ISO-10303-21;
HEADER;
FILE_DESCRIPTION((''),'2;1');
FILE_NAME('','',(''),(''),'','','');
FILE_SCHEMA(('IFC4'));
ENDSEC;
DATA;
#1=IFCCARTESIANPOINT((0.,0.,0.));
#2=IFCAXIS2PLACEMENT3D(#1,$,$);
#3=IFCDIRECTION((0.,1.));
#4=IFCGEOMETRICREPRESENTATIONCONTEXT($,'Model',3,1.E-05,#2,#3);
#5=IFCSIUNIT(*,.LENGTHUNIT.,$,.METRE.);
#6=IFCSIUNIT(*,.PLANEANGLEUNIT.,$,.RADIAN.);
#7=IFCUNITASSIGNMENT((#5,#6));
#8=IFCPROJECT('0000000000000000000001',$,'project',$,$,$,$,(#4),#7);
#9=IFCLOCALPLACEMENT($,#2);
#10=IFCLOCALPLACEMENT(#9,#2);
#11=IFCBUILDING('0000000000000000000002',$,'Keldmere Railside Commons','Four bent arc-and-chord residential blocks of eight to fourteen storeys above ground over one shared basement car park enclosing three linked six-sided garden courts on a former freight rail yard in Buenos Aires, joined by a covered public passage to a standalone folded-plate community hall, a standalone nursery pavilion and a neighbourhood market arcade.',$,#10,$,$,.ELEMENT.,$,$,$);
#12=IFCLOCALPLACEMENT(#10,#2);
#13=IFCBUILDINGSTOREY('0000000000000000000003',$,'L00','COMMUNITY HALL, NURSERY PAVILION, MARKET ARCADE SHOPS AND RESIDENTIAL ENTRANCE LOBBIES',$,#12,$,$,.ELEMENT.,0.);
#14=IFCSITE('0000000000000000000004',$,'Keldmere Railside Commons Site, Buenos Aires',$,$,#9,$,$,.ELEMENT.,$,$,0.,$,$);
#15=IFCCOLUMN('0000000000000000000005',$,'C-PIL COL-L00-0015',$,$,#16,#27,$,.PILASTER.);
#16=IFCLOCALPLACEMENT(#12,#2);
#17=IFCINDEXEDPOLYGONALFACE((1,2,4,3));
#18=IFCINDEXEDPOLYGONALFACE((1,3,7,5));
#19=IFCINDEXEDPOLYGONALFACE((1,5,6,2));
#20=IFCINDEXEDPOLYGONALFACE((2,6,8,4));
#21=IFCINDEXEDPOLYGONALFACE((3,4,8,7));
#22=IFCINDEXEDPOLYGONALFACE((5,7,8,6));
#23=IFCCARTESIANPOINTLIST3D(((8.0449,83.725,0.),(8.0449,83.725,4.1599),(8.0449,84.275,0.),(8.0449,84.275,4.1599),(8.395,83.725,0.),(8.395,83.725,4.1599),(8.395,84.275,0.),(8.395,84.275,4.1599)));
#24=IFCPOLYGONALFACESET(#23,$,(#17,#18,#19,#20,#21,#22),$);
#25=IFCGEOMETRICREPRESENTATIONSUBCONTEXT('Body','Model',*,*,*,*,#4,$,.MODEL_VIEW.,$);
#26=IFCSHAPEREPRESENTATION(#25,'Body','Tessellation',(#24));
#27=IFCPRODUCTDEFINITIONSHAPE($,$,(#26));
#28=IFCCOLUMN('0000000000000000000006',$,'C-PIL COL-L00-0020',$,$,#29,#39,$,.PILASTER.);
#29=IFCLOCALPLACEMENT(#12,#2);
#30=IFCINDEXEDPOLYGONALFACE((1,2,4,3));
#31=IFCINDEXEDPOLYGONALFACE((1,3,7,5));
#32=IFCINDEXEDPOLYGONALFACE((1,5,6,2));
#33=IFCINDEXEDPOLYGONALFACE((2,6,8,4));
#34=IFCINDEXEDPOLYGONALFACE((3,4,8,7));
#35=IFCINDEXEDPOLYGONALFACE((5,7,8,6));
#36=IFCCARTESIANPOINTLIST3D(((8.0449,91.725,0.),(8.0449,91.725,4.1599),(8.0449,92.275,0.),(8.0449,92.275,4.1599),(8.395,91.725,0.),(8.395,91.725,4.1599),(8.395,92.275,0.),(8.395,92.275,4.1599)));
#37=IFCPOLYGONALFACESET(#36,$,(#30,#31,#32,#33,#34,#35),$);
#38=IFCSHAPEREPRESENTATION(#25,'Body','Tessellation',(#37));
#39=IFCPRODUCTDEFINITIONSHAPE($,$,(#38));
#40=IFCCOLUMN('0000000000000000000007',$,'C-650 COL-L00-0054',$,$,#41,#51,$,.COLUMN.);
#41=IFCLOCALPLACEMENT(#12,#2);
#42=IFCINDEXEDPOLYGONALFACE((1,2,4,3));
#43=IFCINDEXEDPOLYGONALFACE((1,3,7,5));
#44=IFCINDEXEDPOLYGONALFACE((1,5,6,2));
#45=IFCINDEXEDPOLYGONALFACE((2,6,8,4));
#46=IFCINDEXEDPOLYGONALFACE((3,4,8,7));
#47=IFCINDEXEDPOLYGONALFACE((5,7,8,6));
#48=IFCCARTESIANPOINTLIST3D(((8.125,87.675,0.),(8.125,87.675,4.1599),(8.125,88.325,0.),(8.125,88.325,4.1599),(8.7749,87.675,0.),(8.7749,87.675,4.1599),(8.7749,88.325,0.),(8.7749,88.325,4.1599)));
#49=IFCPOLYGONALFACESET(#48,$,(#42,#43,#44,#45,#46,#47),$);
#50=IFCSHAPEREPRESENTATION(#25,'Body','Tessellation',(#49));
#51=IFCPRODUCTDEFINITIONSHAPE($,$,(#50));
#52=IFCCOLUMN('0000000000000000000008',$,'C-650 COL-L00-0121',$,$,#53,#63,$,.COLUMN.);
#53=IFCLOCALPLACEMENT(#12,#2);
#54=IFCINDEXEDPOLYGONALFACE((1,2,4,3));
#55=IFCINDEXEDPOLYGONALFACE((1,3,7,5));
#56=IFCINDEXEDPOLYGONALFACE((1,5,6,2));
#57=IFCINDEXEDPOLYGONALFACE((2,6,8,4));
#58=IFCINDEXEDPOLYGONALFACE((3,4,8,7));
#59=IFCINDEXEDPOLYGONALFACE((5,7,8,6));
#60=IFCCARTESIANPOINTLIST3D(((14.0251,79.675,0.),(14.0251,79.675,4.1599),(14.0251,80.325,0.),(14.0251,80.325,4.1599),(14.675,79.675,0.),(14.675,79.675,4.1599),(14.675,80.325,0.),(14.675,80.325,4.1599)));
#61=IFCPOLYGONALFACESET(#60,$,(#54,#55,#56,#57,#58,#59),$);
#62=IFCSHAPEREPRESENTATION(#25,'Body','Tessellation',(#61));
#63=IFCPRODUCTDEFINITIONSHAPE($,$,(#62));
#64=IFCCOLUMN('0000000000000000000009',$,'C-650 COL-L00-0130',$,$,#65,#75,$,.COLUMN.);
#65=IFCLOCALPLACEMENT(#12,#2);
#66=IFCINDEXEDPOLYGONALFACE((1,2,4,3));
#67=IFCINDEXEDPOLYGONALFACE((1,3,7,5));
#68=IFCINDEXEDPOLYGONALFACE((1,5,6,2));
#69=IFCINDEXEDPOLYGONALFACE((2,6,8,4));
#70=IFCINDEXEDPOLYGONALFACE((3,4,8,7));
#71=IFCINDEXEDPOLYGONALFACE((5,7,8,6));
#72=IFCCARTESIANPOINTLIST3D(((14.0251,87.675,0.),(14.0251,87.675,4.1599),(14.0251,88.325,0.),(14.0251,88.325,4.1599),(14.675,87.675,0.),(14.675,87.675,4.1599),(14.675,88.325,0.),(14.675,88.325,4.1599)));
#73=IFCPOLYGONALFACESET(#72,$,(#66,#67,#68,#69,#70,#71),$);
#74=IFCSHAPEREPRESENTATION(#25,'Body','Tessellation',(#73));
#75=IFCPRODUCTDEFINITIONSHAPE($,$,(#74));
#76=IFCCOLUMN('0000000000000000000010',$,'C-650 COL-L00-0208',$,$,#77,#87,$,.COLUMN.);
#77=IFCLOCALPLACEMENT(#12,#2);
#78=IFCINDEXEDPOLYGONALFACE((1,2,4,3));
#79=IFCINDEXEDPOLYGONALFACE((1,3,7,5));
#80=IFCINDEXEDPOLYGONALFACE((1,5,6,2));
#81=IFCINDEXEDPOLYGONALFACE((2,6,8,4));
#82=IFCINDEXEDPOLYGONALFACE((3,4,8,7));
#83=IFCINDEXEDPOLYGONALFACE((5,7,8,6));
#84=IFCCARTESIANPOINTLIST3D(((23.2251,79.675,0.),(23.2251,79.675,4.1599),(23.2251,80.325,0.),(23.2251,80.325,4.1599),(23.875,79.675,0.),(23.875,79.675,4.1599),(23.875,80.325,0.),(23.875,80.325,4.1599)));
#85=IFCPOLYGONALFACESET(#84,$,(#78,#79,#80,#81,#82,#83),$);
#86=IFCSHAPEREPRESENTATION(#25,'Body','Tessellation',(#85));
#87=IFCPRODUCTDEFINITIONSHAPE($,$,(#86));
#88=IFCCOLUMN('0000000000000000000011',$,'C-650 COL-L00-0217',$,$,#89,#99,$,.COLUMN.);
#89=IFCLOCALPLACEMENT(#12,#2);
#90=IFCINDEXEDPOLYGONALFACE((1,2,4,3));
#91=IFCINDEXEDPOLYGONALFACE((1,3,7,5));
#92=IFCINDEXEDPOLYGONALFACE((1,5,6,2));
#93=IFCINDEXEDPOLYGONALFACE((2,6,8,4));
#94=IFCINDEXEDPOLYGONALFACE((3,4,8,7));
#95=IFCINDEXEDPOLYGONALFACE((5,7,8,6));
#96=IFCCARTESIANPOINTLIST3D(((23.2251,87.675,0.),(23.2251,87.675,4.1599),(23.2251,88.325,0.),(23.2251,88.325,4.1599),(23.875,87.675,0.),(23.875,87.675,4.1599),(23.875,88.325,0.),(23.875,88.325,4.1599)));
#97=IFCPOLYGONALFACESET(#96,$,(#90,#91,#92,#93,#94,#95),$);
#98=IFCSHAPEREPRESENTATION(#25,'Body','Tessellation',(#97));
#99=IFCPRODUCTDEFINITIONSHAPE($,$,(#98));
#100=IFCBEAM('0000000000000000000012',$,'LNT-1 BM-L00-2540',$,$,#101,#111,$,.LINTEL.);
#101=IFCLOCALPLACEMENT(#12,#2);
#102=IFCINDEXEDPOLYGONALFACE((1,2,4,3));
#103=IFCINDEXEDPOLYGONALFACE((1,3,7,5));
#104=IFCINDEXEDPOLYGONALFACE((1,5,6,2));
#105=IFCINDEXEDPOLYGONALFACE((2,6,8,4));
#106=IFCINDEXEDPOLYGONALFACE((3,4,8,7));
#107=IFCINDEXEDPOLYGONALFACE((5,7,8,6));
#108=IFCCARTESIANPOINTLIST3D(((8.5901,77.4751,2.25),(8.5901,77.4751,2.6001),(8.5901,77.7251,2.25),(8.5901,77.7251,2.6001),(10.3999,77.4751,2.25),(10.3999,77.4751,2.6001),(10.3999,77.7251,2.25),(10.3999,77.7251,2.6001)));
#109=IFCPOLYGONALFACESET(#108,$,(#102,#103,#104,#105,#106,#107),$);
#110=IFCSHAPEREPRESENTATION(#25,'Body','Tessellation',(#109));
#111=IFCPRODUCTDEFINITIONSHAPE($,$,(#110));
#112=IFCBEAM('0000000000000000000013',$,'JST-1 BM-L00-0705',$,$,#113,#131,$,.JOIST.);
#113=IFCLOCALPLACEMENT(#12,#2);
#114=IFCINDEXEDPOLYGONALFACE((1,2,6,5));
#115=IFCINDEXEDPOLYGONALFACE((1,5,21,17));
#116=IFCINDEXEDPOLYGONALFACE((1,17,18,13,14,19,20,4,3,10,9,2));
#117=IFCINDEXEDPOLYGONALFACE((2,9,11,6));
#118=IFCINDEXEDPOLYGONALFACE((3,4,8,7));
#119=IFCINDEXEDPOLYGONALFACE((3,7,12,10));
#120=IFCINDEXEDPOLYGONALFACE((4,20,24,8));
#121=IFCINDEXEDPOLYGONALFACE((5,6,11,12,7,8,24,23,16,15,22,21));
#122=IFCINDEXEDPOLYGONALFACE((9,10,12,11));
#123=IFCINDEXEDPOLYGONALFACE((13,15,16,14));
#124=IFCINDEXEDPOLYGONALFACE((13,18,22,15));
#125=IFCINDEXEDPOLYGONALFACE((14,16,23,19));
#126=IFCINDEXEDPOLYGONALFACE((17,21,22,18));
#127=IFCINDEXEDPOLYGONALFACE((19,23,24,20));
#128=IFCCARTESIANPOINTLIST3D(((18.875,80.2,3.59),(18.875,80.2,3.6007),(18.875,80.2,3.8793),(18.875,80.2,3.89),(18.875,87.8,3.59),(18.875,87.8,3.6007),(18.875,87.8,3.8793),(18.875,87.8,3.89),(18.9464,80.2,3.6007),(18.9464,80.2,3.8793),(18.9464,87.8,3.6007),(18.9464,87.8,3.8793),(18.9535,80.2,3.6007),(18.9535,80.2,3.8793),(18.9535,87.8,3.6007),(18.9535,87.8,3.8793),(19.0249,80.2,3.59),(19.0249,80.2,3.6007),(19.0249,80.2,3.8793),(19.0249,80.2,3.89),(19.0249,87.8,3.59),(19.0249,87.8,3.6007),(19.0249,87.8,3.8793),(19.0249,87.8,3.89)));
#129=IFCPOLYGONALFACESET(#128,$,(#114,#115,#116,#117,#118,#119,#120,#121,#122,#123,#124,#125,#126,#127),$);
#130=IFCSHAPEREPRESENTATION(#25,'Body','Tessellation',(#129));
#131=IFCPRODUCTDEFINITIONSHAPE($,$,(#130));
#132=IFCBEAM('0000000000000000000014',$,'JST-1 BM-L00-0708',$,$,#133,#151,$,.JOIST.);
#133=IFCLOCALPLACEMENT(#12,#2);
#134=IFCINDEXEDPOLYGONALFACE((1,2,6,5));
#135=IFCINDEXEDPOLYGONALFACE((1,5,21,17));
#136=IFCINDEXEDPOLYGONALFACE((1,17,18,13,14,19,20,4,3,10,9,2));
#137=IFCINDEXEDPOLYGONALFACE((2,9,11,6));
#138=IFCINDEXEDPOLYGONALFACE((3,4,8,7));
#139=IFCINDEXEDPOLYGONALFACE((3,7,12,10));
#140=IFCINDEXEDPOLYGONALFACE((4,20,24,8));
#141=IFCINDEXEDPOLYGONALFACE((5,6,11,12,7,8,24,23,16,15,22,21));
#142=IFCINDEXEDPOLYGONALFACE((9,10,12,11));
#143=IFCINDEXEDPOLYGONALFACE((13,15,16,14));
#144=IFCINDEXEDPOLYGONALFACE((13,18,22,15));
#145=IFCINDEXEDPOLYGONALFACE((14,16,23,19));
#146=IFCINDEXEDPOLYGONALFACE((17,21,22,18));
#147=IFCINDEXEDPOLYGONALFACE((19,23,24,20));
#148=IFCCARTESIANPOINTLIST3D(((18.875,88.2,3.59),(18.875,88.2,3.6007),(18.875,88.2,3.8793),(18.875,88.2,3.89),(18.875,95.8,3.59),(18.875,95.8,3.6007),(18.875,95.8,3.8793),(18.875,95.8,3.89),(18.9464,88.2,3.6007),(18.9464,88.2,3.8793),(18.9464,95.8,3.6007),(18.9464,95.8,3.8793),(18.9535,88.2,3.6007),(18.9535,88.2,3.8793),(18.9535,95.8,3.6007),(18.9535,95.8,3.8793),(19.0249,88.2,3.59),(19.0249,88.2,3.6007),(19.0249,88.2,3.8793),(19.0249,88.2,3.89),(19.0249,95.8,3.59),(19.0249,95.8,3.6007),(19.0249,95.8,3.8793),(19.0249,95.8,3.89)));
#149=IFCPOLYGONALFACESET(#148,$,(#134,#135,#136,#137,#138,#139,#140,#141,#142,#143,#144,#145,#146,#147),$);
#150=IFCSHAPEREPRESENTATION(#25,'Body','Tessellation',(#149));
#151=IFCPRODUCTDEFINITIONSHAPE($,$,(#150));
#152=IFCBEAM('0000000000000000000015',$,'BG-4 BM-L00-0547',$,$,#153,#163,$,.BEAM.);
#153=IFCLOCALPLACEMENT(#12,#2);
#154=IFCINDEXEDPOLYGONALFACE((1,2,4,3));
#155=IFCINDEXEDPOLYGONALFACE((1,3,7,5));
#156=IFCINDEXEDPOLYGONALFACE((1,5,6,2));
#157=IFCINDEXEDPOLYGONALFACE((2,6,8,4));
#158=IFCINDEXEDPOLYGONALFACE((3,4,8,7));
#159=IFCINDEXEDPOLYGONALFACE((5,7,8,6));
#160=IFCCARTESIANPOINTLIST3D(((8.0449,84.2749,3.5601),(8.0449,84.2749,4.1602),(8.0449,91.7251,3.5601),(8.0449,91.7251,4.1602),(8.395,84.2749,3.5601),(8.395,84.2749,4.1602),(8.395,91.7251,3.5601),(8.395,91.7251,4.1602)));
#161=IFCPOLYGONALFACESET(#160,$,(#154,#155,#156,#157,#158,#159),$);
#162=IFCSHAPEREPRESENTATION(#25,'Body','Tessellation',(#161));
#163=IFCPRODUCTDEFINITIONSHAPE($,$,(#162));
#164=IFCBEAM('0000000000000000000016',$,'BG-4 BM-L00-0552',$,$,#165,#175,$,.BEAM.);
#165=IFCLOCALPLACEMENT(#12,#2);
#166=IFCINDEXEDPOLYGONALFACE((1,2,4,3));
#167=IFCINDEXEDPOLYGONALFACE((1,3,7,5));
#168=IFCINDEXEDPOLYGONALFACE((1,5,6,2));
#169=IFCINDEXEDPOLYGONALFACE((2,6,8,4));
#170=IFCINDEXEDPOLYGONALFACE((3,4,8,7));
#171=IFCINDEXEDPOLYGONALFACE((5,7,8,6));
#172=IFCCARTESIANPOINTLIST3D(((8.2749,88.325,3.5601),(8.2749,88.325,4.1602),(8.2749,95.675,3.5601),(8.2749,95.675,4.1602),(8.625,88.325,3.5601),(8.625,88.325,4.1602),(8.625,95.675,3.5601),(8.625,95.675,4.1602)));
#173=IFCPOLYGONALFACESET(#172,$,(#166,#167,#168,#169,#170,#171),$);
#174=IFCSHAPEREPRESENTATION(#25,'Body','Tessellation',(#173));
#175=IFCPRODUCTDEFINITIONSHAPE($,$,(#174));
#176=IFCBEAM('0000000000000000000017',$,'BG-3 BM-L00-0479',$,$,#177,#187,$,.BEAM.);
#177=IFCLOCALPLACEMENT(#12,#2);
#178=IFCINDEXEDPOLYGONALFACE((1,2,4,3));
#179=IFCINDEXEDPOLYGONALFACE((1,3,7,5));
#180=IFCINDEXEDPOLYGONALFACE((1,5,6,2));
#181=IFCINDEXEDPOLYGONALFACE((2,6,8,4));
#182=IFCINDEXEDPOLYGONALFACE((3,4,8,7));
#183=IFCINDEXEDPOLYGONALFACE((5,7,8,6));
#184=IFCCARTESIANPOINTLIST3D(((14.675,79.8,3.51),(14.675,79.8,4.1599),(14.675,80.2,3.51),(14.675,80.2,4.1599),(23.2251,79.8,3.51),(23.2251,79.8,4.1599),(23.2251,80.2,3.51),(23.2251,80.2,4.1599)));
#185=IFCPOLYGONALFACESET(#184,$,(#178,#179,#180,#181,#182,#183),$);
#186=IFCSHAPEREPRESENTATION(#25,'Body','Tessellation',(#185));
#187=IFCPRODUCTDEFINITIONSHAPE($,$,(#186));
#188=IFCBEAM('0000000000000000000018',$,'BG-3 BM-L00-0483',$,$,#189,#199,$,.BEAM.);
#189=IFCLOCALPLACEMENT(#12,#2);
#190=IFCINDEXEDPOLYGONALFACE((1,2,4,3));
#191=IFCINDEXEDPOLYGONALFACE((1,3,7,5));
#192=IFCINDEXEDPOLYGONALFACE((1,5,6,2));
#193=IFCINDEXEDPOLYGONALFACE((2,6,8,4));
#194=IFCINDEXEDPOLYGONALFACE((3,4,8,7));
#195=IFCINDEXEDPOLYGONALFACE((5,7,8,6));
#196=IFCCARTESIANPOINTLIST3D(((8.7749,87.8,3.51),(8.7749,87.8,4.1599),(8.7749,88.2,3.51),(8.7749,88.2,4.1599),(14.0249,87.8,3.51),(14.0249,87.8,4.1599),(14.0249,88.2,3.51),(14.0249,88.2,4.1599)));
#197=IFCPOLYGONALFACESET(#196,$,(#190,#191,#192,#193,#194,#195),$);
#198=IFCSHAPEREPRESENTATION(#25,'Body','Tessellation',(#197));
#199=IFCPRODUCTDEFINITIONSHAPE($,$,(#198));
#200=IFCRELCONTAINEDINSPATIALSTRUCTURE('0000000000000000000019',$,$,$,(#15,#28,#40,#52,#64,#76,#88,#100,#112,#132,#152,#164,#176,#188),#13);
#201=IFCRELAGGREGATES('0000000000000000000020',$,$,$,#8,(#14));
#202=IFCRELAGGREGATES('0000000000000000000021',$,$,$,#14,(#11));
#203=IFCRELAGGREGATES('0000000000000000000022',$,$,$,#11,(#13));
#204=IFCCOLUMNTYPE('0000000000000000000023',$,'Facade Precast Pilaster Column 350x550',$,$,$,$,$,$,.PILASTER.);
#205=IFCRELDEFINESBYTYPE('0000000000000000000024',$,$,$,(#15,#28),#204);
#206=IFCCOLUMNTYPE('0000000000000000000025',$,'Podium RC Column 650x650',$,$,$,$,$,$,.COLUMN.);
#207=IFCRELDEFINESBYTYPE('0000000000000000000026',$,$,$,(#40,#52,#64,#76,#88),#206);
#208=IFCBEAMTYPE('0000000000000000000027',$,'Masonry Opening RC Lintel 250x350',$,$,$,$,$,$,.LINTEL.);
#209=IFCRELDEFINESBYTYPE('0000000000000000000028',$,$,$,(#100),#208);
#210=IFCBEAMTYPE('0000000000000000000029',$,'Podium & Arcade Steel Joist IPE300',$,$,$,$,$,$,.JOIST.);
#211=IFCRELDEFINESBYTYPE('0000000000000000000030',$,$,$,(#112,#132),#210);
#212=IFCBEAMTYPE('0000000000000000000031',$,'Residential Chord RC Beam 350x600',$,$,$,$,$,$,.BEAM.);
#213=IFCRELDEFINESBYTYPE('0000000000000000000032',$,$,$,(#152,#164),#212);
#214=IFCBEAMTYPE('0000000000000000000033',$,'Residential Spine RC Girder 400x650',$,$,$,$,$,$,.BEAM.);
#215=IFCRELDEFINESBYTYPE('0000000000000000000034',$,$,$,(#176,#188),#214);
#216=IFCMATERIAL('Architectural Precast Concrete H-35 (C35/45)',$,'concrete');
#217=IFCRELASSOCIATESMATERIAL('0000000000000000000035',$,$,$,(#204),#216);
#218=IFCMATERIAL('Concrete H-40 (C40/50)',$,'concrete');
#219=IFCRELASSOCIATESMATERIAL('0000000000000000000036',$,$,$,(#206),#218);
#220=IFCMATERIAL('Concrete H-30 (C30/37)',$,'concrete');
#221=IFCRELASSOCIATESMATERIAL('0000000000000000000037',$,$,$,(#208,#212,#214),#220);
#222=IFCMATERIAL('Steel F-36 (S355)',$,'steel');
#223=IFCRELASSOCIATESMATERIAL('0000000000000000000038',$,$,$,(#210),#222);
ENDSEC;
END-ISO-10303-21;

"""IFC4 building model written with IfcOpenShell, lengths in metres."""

from ifc_helpers import new_model, si_unit, direction, frame, origin, origin_2d, place, context, subcontext, project, spatial, rectangle, i_section, extrude, material, material_profile, profile_set, type_object, element, save


model = new_model("IFC4")

# Units and contexts
model_context = context("Model", 3, precision=1e-05, world=origin(), true_north=direction((0.0, 1.0)))
body_context = subcontext(model_context, "Body", "Model", "MODEL_VIEW")
ifc_project = project(units=[si_unit("LENGTHUNIT", "METRE"), si_unit("PLANEANGLEUNIT", "RADIAN")], contexts=[model_context])

# Site, building, storey
site_placement = place(None, origin())
site = spatial("IfcSite", under=ifc_project, at=site_placement, Name="Keldmere Railside Commons Site, Buenos Aires", CompositionType="ELEMENT", RefElevation=0.0)
building_placement = place(site_placement, origin())
building = spatial("IfcBuilding", under=site, at=building_placement, Name="Keldmere Railside Commons", Description="Four bent arc-and-chord residential blocks of eight to fourteen storeys above ground over one shared basement car park enclosing three linked six-sided garden courts on a former freight rail yard in Buenos Aires, joined by a covered public passage to a standalone folded-plate community hall, a standalone nursery pavilion and a neighbourhood market arcade.", CompositionType="ELEMENT")
storey_placement = place(building_placement, origin())
storey = spatial("IfcBuildingStorey", under=building, at=storey_placement, Name="L00", Description="COMMUNITY HALL, NURSERY PAVILION, MARKET ARCADE SHOPS AND RESIDENTIAL ENTRANCE LOBBIES", CompositionType="ELEMENT", Elevation=0.0)

# Columns
ifc_material_1 = material(Name="Architectural Precast Concrete H-35 (C35/45)", Category="concrete")
ifc_material_profile_1 = material_profile(ifc_material_1, rectangle(XDim=0.3501, YDim=0.55, at=origin_2d()), Name="RC-350x550")
ifc_profile_set_1 = profile_set([ifc_material_profile_1], Name="Architectural Precast Concrete H-35 (C35/45)")
column_type_1 = type_object("IfcColumnType", Name="Facade Precast Pilaster Column 350x550", PredefinedType="PILASTER", material=ifc_profile_set_1)
for number, where, z_axis, x_axis, name in (
    (1, (8.22, 84.0, 0.0), (0.0, 0.0, 1.0), (1.0, 0.0, 0.0), "C-PIL COL-L00-0015"),
    (2, (8.22, 92.0, 0.0), (0.0, 0.0, 1.0), (1.0, 0.0, 0.0), "C-PIL COL-L00-0020"),
):
    element("IfcColumn", number, at=place(storey_placement, frame(where, z_axis=z_axis, x_axis=x_axis)), inside=storey, type_object=column_type_1, Name=name, PredefinedType="PILASTER", context=body_context, shape_type="SweptSolid", body=[
        extrude(rectangle(XDim=0.3501, YDim=0.55, at=origin_2d()), origin(), (0.0, 0.0, 1.0), 4.1599),
    ])
ifc_material_2 = material(Name="Concrete H-40 (C40/50)", Category="concrete")
ifc_material_profile_2 = material_profile(ifc_material_2, rectangle(XDim=0.6499, YDim=0.6499, at=origin_2d()), Name="RC-650x650")
ifc_profile_set_2 = profile_set([ifc_material_profile_2], Name="Concrete H-40 (C40/50)")
column_type_2 = type_object("IfcColumnType", Name="Podium RC Column 650x650", PredefinedType="COLUMN", material=ifc_profile_set_2)
for number, where, z_axis, x_axis, name in (
    (3, (8.45, 88.0, 0.0), (0.0, 0.0, 1.0), (1.0, 0.0, 0.0), "C-650 COL-L00-0054"),
    (4, (14.3501, 80.0, 0.0), (0.0, 0.0, 1.0), (1.0, 0.0, 0.0), "C-650 COL-L00-0121"),
    (5, (14.3501, 88.0, 0.0), (0.0, 0.0, 1.0), (1.0, 0.0, 0.0), "C-650 COL-L00-0130"),
    (6, (23.55, 80.0, 0.0), (0.0, 0.0, 1.0), (1.0, 0.0, 0.0), "C-650 COL-L00-0208"),
    (7, (23.55, 88.0, 0.0), (0.0, 0.0, 1.0), (1.0, 0.0, 0.0), "C-650 COL-L00-0217"),
):
    element("IfcColumn", number, at=place(storey_placement, frame(where, z_axis=z_axis, x_axis=x_axis)), inside=storey, type_object=column_type_2, Name=name, PredefinedType="COLUMN", context=body_context, shape_type="SweptSolid", body=[
        extrude(rectangle(XDim=0.6499, YDim=0.6499, at=origin_2d()), origin(), (0.0, 0.0, 1.0), 4.1599),
    ])

# Beams
ifc_material_3 = material(Name="Concrete H-30 (C30/37)", Category="concrete")
ifc_material_profile_3 = material_profile(ifc_material_3, rectangle(XDim=0.25, YDim=0.3501, at=origin_2d()), Name="RC-250x350")
ifc_profile_set_3 = profile_set([ifc_material_profile_3], Name="Concrete H-30 (C30/37)")
beam_type_1 = type_object("IfcBeamType", Name="Masonry Opening RC Lintel 250x350", PredefinedType="LINTEL", material=ifc_profile_set_3)
beam_1_placement = place(storey_placement, frame((8.5901, 77.6001, 2.425), z_axis=(1.0, 0.0, 0.0), x_axis=(0.0, 1.0, 0.0)))
element("IfcBeam", 8, at=beam_1_placement, inside=storey, type_object=beam_type_1, Name="LNT-1 BM-L00-2540", PredefinedType="LINTEL", context=body_context, shape_type="SweptSolid", body=[
    extrude(rectangle(XDim=0.25, YDim=0.3501, at=origin_2d()), origin(), (0.0, 0.0, 1.0), 1.8098),
])
ifc_material_4 = material(Name="Steel F-36 (S355)", Category="steel")
ifc_material_profile_4 = material_profile(ifc_material_4, i_section(OverallWidth=0.1499, OverallDepth=0.3, WebThickness=0.0071, FlangeThickness=0.0107, at=origin_2d()), Name="IPE-300")
ifc_profile_set_4 = profile_set([ifc_material_profile_4], Name="Steel F-36 (S355)")
beam_type_2 = type_object("IfcBeamType", Name="Podium & Arcade Steel Joist IPE300", PredefinedType="JOIST", material=ifc_profile_set_4)
for number, where, z_axis, x_axis, name in (
    (9, (18.95, 80.2, 3.74), (0.0, 1.0, 0.0), (-1.0, 0.0, 0.0), "JST-1 BM-L00-0705"),
    (10, (18.95, 88.2, 3.74), (0.0, 1.0, 0.0), (-1.0, 0.0, 0.0), "JST-1 BM-L00-0708"),
):
    element("IfcBeam", number, at=place(storey_placement, frame(where, z_axis=z_axis, x_axis=x_axis)), inside=storey, type_object=beam_type_2, Name=name, PredefinedType="JOIST", context=body_context, shape_type="SweptSolid", body=[
        extrude(i_section(OverallWidth=0.1499, OverallDepth=0.3, WebThickness=0.0071, FlangeThickness=0.0107, at=origin_2d()), origin(), (0.0, 0.0, 1.0), 7.6001),
    ])
ifc_material_profile_5 = material_profile(ifc_material_3, rectangle(XDim=0.3501, YDim=0.6001, at=origin_2d()), Name="RC-350x600")
ifc_profile_set_5 = profile_set([ifc_material_profile_5], Name="Concrete H-30 (C30/37)")
beam_type_3 = type_object("IfcBeamType", Name="Residential Chord RC Beam 350x600", PredefinedType="BEAM", material=ifc_profile_set_5)
beam_2_placement = place(storey_placement, frame((8.22, 84.2749, 3.8601), z_axis=(0.0, 1.0, 0.0), x_axis=(-1.0, 0.0, 0.0)))
element("IfcBeam", 11, at=beam_2_placement, inside=storey, type_object=beam_type_3, Name="BG-4 BM-L00-0547", PredefinedType="BEAM", context=body_context, shape_type="SweptSolid", body=[
    extrude(rectangle(XDim=0.3501, YDim=0.6001, at=origin_2d()), origin(), (0.0, 0.0, 1.0), 7.4502),
])
beam_3_placement = place(storey_placement, frame((8.45, 88.325, 3.8601), z_axis=(0.0, 1.0, 0.0), x_axis=(-1.0, 0.0, 0.0)))
element("IfcBeam", 12, at=beam_3_placement, inside=storey, type_object=beam_type_3, Name="BG-4 BM-L00-0552", PredefinedType="BEAM", context=body_context, shape_type="SweptSolid", body=[
    extrude(rectangle(XDim=0.3501, YDim=0.6001, at=origin_2d()), origin(), (0.0, 0.0, 1.0), 7.3501),
])
ifc_material_profile_6 = material_profile(ifc_material_3, rectangle(XDim=0.3999, YDim=0.6499, at=origin_2d()), Name="RC-400x650")
ifc_profile_set_6 = profile_set([ifc_material_profile_6], Name="Concrete H-30 (C30/37)")
beam_type_4 = type_object("IfcBeamType", Name="Residential Spine RC Girder 400x650", PredefinedType="BEAM", material=ifc_profile_set_6)
beam_4_placement = place(storey_placement, frame((14.675, 80.0, 3.835), z_axis=(1.0, 0.0, 0.0), x_axis=(0.0, 1.0, 0.0)))
element("IfcBeam", 13, at=beam_4_placement, inside=storey, type_object=beam_type_4, Name="BG-3 BM-L00-0479", PredefinedType="BEAM", context=body_context, shape_type="SweptSolid", body=[
    extrude(rectangle(XDim=0.3999, YDim=0.6499, at=origin_2d()), origin(), (0.0, 0.0, 1.0), 8.55),
])
beam_5_placement = place(storey_placement, frame((8.7749, 88.0, 3.835), z_axis=(1.0, 0.0, 0.0), x_axis=(0.0, 1.0, 0.0)))
element("IfcBeam", 14, at=beam_5_placement, inside=storey, type_object=beam_type_4, Name="BG-3 BM-L00-0483", PredefinedType="BEAM", context=body_context, shape_type="SweptSolid", body=[
    extrude(rectangle(XDim=0.3999, YDim=0.6499, at=origin_2d()), origin(), (0.0, 0.0, 1.0), 5.25),
])

save(model, "model.ifc")
